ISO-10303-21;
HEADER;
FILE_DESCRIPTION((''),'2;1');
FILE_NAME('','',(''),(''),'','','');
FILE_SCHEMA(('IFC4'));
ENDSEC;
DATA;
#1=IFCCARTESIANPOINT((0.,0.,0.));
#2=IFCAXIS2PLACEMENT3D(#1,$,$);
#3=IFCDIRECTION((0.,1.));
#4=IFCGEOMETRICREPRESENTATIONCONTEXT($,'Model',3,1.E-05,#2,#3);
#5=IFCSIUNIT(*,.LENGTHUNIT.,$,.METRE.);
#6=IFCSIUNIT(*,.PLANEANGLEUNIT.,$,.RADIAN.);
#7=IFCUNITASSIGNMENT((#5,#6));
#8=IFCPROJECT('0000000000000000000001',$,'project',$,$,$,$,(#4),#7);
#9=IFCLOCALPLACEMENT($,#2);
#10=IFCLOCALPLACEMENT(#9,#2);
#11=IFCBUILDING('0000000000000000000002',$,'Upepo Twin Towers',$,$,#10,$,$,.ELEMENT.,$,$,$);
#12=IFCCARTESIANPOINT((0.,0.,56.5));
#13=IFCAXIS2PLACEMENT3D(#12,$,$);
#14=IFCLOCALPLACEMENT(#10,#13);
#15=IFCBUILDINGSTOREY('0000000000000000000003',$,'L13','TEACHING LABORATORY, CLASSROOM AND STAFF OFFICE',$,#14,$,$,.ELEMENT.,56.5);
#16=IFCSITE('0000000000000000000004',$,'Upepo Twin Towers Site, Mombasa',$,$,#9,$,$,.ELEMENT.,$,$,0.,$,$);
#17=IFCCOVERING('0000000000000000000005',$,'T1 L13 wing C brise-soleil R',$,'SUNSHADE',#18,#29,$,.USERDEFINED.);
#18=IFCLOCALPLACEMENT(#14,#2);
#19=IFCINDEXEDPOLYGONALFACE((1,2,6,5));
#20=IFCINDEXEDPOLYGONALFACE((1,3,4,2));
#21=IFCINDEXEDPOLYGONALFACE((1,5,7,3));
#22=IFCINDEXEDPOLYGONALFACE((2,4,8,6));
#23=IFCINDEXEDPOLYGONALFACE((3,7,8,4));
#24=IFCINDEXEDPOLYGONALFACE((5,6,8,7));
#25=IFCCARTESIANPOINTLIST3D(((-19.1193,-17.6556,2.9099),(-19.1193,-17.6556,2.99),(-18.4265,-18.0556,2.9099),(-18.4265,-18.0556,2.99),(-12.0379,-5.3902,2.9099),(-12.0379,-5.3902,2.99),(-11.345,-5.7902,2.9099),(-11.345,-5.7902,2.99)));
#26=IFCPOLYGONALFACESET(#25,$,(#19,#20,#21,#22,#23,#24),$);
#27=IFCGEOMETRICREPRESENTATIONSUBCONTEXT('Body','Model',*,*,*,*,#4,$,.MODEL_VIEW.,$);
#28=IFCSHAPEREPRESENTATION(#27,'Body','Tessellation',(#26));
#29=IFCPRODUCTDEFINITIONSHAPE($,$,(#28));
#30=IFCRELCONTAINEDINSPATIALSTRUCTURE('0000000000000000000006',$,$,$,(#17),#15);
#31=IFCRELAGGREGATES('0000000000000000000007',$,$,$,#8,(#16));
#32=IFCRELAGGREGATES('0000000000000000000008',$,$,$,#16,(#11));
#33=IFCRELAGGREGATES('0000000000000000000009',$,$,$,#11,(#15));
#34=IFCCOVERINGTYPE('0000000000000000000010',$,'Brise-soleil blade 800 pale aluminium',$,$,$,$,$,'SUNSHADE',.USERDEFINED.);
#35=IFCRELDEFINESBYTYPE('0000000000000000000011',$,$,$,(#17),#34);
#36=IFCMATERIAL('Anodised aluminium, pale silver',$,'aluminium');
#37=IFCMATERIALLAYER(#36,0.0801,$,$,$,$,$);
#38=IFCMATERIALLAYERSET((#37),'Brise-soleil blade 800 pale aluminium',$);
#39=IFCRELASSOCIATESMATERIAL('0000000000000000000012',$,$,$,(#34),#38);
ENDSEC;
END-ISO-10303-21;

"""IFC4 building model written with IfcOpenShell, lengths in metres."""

from ifc_helpers import new_model, si_unit, direction, frame, origin, origin_2d, place, context, subcontext, project, spatial, rectangle, extrude, material, layer, layer_set, type_object, element, save


model = new_model("IFC4")

# Units and contexts
model_context = context("Model", 3, precision=1e-05, world=origin(), true_north=direction((0.0, 1.0)))
body_context = subcontext(model_context, "Body", "Model", "MODEL_VIEW")
ifc_project = project(units=[si_unit("LENGTHUNIT", "METRE"), si_unit("PLANEANGLEUNIT", "RADIAN")], contexts=[model_context])

# Site, building, storey
site_placement = place(None, origin())
site = spatial("IfcSite", under=ifc_project, at=site_placement, Name="Upepo Twin Towers Site, Mombasa", CompositionType="ELEMENT", RefElevation=0.0)
building_placement = place(site_placement, origin())
building = spatial("IfcBuilding", under=site, at=building_placement, Name="Upepo Twin Towers", CompositionType="ELEMENT")
storey_placement = place(building_placement, frame((0.0, 0.0, 56.5)))
storey = spatial("IfcBuildingStorey", under=building, at=storey_placement, Name="L13", Description="TEACHING LABORATORY, CLASSROOM AND STAFF OFFICE", CompositionType="ELEMENT", Elevation=56.5)

# Covering
ifc_material_1 = material(Name="Anodised aluminium, pale silver", Category="aluminium")
ifc_layer_1 = layer(ifc_material_1, 0.0801)
ifc_layer_set_1 = layer_set([ifc_layer_1], Name="Brise-soleil blade 800 pale aluminium")
covering_type = type_object("IfcCoveringType", Name="Brise-soleil blade 800 pale aluminium", ElementType="SUNSHADE", PredefinedType="USERDEFINED", material=ifc_layer_set_1)
covering_placement = place(storey_placement, frame((-15.2322, -11.7229, 2.9099), z_axis=(0.0, 0.0, 1.0), x_axis=(-0.5, -0.866025, 0.0)))
element("IfcCovering", 1, at=covering_placement, inside=storey, type_object=covering_type, Name="T1 L13 wing C brise-soleil R", ObjectType="SUNSHADE", PredefinedType="USERDEFINED", context=body_context, shape_type="SweptSolid", body=[
    extrude(rectangle(XDim=14.1628, YDim=0.8, at=origin_2d()), origin(), (0.0, 0.0, 1.0), 0.0801),
])

save(model, "model.ifc")
